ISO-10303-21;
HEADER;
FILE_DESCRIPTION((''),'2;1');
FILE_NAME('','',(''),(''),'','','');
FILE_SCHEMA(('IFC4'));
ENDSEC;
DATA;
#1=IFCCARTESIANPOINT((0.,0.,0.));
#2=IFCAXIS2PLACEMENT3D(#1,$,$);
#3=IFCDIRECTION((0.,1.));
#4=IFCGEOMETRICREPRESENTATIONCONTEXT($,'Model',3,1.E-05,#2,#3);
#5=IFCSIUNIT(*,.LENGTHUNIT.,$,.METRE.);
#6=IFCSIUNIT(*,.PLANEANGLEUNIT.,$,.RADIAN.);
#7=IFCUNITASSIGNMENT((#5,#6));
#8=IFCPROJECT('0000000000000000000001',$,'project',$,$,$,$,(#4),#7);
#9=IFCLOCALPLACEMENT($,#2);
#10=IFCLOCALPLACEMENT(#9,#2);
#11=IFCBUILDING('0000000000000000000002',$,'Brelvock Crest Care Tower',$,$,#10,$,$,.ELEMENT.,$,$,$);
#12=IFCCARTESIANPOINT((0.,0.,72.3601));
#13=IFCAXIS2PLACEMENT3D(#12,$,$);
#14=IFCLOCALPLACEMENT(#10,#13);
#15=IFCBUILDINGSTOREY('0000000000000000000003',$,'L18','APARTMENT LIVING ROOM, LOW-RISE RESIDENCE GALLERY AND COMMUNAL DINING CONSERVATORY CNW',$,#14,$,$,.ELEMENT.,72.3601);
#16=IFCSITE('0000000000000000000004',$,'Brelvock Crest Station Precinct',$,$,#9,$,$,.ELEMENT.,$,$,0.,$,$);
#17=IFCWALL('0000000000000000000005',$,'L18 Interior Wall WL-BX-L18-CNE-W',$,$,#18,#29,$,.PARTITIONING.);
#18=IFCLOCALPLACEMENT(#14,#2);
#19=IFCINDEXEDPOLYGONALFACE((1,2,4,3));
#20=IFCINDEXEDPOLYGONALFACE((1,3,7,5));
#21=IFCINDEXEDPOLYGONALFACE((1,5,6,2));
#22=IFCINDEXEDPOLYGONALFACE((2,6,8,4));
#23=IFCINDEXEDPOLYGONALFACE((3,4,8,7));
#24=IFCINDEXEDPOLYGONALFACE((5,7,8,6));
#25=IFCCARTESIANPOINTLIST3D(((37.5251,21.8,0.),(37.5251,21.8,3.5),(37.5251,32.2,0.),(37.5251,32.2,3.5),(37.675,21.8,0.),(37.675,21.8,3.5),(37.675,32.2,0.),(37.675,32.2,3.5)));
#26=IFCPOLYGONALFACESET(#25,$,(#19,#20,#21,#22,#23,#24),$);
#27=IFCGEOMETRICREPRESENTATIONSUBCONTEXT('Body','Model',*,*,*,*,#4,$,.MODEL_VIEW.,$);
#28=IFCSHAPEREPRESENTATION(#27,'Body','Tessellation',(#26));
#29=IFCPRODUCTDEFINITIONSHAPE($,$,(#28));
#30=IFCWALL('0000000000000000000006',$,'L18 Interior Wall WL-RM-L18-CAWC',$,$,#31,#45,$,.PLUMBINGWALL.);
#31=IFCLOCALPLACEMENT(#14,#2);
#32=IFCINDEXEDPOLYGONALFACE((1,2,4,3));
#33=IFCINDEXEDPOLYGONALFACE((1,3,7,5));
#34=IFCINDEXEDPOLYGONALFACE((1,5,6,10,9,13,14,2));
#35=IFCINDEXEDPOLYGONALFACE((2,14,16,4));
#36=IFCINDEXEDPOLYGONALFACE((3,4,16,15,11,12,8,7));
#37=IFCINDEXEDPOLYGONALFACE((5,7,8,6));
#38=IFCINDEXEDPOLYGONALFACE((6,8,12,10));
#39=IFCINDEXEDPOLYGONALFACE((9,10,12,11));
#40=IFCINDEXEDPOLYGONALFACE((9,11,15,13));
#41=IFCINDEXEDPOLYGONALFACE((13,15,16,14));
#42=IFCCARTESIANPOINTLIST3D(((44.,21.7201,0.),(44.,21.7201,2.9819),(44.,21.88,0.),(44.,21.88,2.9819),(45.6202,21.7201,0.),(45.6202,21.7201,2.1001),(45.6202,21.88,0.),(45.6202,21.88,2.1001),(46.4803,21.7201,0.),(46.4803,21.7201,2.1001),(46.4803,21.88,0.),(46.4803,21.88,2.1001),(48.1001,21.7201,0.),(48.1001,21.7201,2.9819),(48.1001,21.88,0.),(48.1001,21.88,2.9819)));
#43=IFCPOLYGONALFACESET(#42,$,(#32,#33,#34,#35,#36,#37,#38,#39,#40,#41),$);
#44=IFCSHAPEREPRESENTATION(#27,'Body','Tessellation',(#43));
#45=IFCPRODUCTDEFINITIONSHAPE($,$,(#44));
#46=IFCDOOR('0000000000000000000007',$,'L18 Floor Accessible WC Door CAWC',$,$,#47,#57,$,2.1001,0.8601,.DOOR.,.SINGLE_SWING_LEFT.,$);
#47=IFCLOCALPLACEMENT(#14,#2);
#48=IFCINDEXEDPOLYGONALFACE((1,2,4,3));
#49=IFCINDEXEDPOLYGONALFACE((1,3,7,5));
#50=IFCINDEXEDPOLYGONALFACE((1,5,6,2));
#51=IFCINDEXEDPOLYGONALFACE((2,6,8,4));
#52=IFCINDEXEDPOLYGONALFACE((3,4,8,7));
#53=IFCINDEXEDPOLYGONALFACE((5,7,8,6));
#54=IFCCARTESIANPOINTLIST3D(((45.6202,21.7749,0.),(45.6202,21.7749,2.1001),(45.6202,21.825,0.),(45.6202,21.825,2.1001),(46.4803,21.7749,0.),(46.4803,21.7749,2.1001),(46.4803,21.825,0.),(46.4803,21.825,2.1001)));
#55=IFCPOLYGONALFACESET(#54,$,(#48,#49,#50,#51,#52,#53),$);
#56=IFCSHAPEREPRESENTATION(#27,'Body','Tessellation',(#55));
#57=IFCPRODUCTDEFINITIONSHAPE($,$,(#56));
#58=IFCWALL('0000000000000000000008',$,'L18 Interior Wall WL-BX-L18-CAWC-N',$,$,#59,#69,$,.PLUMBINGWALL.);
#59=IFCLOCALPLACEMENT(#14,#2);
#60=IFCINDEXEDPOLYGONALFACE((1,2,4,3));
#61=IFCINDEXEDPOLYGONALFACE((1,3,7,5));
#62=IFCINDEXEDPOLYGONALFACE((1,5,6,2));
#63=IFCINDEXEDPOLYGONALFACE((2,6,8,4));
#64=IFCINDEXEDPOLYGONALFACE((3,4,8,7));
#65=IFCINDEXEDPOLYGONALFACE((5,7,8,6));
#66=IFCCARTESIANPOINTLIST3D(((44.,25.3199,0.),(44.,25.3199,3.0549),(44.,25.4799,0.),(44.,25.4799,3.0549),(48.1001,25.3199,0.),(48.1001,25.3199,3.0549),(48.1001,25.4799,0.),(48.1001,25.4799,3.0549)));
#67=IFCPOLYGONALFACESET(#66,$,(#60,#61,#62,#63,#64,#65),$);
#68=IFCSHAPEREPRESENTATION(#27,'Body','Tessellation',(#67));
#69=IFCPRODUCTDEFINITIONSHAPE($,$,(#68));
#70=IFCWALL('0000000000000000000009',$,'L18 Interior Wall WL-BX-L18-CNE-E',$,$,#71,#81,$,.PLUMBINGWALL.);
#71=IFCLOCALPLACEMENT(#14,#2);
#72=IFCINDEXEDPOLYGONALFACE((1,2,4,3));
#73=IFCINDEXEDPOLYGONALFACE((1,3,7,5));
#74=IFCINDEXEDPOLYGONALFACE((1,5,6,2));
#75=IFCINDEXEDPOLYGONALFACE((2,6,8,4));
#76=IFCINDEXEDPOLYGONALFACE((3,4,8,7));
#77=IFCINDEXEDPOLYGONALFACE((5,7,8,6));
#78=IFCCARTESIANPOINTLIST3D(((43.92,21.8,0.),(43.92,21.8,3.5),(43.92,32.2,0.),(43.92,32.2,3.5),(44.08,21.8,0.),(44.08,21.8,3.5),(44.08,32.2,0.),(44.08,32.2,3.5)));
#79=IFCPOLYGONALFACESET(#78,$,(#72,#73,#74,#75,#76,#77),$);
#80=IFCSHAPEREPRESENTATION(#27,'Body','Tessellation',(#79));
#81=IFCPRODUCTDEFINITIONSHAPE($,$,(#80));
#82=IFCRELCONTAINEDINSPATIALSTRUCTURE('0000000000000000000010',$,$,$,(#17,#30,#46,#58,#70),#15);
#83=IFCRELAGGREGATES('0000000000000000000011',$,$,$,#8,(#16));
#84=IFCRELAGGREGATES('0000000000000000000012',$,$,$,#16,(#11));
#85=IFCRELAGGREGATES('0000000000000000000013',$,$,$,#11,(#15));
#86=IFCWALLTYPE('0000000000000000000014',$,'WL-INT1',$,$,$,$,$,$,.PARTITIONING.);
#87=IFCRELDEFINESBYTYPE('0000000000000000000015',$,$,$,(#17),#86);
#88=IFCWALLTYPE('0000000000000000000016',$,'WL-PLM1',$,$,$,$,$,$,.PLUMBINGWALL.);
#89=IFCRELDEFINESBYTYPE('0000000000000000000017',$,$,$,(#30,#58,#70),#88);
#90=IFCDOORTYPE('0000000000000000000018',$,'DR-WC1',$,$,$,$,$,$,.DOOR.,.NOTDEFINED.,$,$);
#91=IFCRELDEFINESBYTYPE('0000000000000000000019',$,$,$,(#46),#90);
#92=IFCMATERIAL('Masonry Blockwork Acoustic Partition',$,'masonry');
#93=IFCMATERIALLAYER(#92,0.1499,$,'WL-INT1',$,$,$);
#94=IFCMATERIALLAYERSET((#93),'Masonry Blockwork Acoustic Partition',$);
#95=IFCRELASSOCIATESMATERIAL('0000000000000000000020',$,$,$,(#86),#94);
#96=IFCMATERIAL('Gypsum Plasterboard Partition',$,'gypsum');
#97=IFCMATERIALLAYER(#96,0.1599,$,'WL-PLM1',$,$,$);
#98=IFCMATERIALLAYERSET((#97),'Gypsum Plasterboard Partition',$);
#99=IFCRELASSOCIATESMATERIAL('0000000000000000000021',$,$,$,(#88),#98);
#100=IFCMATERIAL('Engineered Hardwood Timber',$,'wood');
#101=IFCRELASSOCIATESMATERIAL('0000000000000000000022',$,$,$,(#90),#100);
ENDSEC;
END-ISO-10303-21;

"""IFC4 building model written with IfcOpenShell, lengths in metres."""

from ifc_helpers import new_model, si_unit, direction, frame, frame_2d, origin, origin_2d, place, context, subcontext, project, spatial, rectangle, extrude, source, transform, mapped, material, layer, layer_set, type_object, element, fill, save


model = new_model("IFC4")

# Units and contexts
model_context = context("Model", 3, precision=1e-05, world=origin(), true_north=direction((0.0, 1.0)))
body_context = subcontext(model_context, "Body", "Model", "MODEL_VIEW")
ifc_project = project(units=[si_unit("LENGTHUNIT", "METRE"), si_unit("PLANEANGLEUNIT", "RADIAN")], contexts=[model_context])

# Site, building, storey
site_placement = place(None, origin())
site = spatial("IfcSite", under=ifc_project, at=site_placement, Name="Brelvock Crest Station Precinct", CompositionType="ELEMENT", RefElevation=0.0)
building_placement = place(site_placement, origin())
building = spatial("IfcBuilding", under=site, at=building_placement, Name="Brelvock Crest Care Tower", CompositionType="ELEMENT")
storey_placement = place(building_placement, frame((0.0, 0.0, 72.3601)))
storey = spatial("IfcBuildingStorey", under=building, at=storey_placement, Name="L18", Description="APARTMENT LIVING ROOM, LOW-RISE RESIDENCE GALLERY AND COMMUNAL DINING CONSERVATORY CNW", CompositionType="ELEMENT", Elevation=72.3601)

# Shared definitions
ifc_material_1 = material(Name="Masonry Blockwork Acoustic Partition", Category="masonry")
ifc_layer_1 = layer(ifc_material_1, 0.1499, Name="WL-INT1")
ifc_layer_set_1 = layer_set([ifc_layer_1], Name="Masonry Blockwork Acoustic Partition")
wall_type_1 = type_object("IfcWallType", Name="WL-INT1", PredefinedType="PARTITIONING", material=ifc_layer_set_1)
ifc_material_2 = material(Name="Engineered Hardwood Timber", Category="wood")

# Wall
wall_1_placement = place(storey_placement, frame((37.6001, 21.8, 0.0), z_axis=(0.0, 0.0, 1.0), x_axis=(0.0, 1.0, 0.0)))
element("IfcWall", 1, at=wall_1_placement, inside=storey, type_object=wall_type_1, Name="L18 Interior Wall WL-BX-L18-CNE-W", PredefinedType="PARTITIONING", context=body_context, shape_type="SweptSolid", body=[
    extrude(rectangle(XDim=10.3999, YDim=0.1499, at=frame_2d((5.2, 0.0))), origin(), (0.0, 0.0, 1.0), 3.5),
])

# Wall, opening, door
ifc_material_3 = material(Name="Gypsum Plasterboard Partition", Category="gypsum")
ifc_layer_2 = layer(ifc_material_3, 0.1599, Name="WL-PLM1")
ifc_layer_set_2 = layer_set([ifc_layer_2], Name="Gypsum Plasterboard Partition")
wall_type_2 = type_object("IfcWallType", Name="WL-PLM1", PredefinedType="PLUMBINGWALL", material=ifc_layer_set_2)
wall_2_placement = place(storey_placement, frame((44.0, 21.8, 0.0), z_axis=(0.0, 0.0, 1.0), x_axis=(1.0, 0.0, 0.0)))
wall_2 = element("IfcWall", 2, at=wall_2_placement, inside=storey, type_object=wall_type_2, Name="L18 Interior Wall WL-RM-L18-CAWC", PredefinedType="PLUMBINGWALL", context=body_context, shape_type="SweptSolid", body=[
    extrude(rectangle(XDim=4.1001, YDim=0.1599, at=frame_2d((2.05, 0.0))), origin(), (0.0, 0.0, 1.0), 2.9819),
])
opening_1_placement = place(wall_2_placement, frame((1.6201, 0.0, 0.0)))
opening_1 = element("IfcOpeningElement", 3, at=opening_1_placement, cuts=wall_2, PredefinedType="OPENING", context=body_context, shape_type="SweptSolid", body=[
    extrude(rectangle(XDim=0.8601, YDim=2.1001, at=origin_2d()), frame((0.4302, 0.0898, 1.05), z_axis=(0.0, -1.0, 0.0), x_axis=(1.0, 0.0, 0.0)), (0.0, 0.0, 1.0), 0.1799),
])
door_type_1 = type_object("IfcDoorType", Name="DR-WC1", OperationType="NOTDEFINED", PredefinedType="DOOR", material=ifc_material_2)
shared_shape_1 = source(origin(), body_context, "Body", "SweptSolid", [
    extrude(rectangle(XDim=0.8601, YDim=2.1001, at=origin_2d()), frame((0.4302, 0.0249, 1.05), z_axis=(0.0, -1.0, 0.0), x_axis=(1.0, 0.0, 0.0)), (0.0, 0.0, 1.0), 0.05),
])
door_1_placement = place(opening_1_placement, origin())
door_1 = element("IfcDoor", 4, at=door_1_placement, inside=storey, type_object=door_type_1, Name="L18 Floor Accessible WC Door CAWC", OperationType="SINGLE_SWING_LEFT", OverallHeight=2.1001, OverallWidth=0.8601, PredefinedType="DOOR", context=body_context, shape_type="MappedRepresentation", body=[
    mapped(shared_shape_1, transform((0.0, 0.0, 0.0), x_axis=(1.0, 0.0, 0.0), y_axis=(0.0, 1.0, 0.0), z_axis=(0.0, 0.0, 1.0), scale=1.0)),
])
fill(opening_1, door_1)

# Walls
wall_3_placement = place(storey_placement, frame((44.0, 25.3999, 0.0), z_axis=(0.0, 0.0, 1.0), x_axis=(1.0, 0.0, 0.0)))
element("IfcWall", 5, at=wall_3_placement, inside=storey, type_object=wall_type_2, Name="L18 Interior Wall WL-BX-L18-CAWC-N", PredefinedType="PLUMBINGWALL", context=body_context, shape_type="SweptSolid", body=[
    extrude(rectangle(XDim=4.1001, YDim=0.1599, at=frame_2d((2.05, 0.0))), origin(), (0.0, 0.0, 1.0), 3.0549),
])
wall_4_placement = place(storey_placement, frame((44.0, 21.8, 0.0), z_axis=(0.0, 0.0, 1.0), x_axis=(0.0, 1.0, 0.0)))
element("IfcWall", 6, at=wall_4_placement, inside=storey, type_object=wall_type_2, Name="L18 Interior Wall WL-BX-L18-CNE-E", PredefinedType="PLUMBINGWALL", context=body_context, shape_type="SweptSolid", body=[
    extrude(rectangle(XDim=10.3999, YDim=0.1599, at=frame_2d((5.2, 0.0))), origin(), (0.0, 0.0, 1.0), 3.5),
])

save(model, "model.ifc")
